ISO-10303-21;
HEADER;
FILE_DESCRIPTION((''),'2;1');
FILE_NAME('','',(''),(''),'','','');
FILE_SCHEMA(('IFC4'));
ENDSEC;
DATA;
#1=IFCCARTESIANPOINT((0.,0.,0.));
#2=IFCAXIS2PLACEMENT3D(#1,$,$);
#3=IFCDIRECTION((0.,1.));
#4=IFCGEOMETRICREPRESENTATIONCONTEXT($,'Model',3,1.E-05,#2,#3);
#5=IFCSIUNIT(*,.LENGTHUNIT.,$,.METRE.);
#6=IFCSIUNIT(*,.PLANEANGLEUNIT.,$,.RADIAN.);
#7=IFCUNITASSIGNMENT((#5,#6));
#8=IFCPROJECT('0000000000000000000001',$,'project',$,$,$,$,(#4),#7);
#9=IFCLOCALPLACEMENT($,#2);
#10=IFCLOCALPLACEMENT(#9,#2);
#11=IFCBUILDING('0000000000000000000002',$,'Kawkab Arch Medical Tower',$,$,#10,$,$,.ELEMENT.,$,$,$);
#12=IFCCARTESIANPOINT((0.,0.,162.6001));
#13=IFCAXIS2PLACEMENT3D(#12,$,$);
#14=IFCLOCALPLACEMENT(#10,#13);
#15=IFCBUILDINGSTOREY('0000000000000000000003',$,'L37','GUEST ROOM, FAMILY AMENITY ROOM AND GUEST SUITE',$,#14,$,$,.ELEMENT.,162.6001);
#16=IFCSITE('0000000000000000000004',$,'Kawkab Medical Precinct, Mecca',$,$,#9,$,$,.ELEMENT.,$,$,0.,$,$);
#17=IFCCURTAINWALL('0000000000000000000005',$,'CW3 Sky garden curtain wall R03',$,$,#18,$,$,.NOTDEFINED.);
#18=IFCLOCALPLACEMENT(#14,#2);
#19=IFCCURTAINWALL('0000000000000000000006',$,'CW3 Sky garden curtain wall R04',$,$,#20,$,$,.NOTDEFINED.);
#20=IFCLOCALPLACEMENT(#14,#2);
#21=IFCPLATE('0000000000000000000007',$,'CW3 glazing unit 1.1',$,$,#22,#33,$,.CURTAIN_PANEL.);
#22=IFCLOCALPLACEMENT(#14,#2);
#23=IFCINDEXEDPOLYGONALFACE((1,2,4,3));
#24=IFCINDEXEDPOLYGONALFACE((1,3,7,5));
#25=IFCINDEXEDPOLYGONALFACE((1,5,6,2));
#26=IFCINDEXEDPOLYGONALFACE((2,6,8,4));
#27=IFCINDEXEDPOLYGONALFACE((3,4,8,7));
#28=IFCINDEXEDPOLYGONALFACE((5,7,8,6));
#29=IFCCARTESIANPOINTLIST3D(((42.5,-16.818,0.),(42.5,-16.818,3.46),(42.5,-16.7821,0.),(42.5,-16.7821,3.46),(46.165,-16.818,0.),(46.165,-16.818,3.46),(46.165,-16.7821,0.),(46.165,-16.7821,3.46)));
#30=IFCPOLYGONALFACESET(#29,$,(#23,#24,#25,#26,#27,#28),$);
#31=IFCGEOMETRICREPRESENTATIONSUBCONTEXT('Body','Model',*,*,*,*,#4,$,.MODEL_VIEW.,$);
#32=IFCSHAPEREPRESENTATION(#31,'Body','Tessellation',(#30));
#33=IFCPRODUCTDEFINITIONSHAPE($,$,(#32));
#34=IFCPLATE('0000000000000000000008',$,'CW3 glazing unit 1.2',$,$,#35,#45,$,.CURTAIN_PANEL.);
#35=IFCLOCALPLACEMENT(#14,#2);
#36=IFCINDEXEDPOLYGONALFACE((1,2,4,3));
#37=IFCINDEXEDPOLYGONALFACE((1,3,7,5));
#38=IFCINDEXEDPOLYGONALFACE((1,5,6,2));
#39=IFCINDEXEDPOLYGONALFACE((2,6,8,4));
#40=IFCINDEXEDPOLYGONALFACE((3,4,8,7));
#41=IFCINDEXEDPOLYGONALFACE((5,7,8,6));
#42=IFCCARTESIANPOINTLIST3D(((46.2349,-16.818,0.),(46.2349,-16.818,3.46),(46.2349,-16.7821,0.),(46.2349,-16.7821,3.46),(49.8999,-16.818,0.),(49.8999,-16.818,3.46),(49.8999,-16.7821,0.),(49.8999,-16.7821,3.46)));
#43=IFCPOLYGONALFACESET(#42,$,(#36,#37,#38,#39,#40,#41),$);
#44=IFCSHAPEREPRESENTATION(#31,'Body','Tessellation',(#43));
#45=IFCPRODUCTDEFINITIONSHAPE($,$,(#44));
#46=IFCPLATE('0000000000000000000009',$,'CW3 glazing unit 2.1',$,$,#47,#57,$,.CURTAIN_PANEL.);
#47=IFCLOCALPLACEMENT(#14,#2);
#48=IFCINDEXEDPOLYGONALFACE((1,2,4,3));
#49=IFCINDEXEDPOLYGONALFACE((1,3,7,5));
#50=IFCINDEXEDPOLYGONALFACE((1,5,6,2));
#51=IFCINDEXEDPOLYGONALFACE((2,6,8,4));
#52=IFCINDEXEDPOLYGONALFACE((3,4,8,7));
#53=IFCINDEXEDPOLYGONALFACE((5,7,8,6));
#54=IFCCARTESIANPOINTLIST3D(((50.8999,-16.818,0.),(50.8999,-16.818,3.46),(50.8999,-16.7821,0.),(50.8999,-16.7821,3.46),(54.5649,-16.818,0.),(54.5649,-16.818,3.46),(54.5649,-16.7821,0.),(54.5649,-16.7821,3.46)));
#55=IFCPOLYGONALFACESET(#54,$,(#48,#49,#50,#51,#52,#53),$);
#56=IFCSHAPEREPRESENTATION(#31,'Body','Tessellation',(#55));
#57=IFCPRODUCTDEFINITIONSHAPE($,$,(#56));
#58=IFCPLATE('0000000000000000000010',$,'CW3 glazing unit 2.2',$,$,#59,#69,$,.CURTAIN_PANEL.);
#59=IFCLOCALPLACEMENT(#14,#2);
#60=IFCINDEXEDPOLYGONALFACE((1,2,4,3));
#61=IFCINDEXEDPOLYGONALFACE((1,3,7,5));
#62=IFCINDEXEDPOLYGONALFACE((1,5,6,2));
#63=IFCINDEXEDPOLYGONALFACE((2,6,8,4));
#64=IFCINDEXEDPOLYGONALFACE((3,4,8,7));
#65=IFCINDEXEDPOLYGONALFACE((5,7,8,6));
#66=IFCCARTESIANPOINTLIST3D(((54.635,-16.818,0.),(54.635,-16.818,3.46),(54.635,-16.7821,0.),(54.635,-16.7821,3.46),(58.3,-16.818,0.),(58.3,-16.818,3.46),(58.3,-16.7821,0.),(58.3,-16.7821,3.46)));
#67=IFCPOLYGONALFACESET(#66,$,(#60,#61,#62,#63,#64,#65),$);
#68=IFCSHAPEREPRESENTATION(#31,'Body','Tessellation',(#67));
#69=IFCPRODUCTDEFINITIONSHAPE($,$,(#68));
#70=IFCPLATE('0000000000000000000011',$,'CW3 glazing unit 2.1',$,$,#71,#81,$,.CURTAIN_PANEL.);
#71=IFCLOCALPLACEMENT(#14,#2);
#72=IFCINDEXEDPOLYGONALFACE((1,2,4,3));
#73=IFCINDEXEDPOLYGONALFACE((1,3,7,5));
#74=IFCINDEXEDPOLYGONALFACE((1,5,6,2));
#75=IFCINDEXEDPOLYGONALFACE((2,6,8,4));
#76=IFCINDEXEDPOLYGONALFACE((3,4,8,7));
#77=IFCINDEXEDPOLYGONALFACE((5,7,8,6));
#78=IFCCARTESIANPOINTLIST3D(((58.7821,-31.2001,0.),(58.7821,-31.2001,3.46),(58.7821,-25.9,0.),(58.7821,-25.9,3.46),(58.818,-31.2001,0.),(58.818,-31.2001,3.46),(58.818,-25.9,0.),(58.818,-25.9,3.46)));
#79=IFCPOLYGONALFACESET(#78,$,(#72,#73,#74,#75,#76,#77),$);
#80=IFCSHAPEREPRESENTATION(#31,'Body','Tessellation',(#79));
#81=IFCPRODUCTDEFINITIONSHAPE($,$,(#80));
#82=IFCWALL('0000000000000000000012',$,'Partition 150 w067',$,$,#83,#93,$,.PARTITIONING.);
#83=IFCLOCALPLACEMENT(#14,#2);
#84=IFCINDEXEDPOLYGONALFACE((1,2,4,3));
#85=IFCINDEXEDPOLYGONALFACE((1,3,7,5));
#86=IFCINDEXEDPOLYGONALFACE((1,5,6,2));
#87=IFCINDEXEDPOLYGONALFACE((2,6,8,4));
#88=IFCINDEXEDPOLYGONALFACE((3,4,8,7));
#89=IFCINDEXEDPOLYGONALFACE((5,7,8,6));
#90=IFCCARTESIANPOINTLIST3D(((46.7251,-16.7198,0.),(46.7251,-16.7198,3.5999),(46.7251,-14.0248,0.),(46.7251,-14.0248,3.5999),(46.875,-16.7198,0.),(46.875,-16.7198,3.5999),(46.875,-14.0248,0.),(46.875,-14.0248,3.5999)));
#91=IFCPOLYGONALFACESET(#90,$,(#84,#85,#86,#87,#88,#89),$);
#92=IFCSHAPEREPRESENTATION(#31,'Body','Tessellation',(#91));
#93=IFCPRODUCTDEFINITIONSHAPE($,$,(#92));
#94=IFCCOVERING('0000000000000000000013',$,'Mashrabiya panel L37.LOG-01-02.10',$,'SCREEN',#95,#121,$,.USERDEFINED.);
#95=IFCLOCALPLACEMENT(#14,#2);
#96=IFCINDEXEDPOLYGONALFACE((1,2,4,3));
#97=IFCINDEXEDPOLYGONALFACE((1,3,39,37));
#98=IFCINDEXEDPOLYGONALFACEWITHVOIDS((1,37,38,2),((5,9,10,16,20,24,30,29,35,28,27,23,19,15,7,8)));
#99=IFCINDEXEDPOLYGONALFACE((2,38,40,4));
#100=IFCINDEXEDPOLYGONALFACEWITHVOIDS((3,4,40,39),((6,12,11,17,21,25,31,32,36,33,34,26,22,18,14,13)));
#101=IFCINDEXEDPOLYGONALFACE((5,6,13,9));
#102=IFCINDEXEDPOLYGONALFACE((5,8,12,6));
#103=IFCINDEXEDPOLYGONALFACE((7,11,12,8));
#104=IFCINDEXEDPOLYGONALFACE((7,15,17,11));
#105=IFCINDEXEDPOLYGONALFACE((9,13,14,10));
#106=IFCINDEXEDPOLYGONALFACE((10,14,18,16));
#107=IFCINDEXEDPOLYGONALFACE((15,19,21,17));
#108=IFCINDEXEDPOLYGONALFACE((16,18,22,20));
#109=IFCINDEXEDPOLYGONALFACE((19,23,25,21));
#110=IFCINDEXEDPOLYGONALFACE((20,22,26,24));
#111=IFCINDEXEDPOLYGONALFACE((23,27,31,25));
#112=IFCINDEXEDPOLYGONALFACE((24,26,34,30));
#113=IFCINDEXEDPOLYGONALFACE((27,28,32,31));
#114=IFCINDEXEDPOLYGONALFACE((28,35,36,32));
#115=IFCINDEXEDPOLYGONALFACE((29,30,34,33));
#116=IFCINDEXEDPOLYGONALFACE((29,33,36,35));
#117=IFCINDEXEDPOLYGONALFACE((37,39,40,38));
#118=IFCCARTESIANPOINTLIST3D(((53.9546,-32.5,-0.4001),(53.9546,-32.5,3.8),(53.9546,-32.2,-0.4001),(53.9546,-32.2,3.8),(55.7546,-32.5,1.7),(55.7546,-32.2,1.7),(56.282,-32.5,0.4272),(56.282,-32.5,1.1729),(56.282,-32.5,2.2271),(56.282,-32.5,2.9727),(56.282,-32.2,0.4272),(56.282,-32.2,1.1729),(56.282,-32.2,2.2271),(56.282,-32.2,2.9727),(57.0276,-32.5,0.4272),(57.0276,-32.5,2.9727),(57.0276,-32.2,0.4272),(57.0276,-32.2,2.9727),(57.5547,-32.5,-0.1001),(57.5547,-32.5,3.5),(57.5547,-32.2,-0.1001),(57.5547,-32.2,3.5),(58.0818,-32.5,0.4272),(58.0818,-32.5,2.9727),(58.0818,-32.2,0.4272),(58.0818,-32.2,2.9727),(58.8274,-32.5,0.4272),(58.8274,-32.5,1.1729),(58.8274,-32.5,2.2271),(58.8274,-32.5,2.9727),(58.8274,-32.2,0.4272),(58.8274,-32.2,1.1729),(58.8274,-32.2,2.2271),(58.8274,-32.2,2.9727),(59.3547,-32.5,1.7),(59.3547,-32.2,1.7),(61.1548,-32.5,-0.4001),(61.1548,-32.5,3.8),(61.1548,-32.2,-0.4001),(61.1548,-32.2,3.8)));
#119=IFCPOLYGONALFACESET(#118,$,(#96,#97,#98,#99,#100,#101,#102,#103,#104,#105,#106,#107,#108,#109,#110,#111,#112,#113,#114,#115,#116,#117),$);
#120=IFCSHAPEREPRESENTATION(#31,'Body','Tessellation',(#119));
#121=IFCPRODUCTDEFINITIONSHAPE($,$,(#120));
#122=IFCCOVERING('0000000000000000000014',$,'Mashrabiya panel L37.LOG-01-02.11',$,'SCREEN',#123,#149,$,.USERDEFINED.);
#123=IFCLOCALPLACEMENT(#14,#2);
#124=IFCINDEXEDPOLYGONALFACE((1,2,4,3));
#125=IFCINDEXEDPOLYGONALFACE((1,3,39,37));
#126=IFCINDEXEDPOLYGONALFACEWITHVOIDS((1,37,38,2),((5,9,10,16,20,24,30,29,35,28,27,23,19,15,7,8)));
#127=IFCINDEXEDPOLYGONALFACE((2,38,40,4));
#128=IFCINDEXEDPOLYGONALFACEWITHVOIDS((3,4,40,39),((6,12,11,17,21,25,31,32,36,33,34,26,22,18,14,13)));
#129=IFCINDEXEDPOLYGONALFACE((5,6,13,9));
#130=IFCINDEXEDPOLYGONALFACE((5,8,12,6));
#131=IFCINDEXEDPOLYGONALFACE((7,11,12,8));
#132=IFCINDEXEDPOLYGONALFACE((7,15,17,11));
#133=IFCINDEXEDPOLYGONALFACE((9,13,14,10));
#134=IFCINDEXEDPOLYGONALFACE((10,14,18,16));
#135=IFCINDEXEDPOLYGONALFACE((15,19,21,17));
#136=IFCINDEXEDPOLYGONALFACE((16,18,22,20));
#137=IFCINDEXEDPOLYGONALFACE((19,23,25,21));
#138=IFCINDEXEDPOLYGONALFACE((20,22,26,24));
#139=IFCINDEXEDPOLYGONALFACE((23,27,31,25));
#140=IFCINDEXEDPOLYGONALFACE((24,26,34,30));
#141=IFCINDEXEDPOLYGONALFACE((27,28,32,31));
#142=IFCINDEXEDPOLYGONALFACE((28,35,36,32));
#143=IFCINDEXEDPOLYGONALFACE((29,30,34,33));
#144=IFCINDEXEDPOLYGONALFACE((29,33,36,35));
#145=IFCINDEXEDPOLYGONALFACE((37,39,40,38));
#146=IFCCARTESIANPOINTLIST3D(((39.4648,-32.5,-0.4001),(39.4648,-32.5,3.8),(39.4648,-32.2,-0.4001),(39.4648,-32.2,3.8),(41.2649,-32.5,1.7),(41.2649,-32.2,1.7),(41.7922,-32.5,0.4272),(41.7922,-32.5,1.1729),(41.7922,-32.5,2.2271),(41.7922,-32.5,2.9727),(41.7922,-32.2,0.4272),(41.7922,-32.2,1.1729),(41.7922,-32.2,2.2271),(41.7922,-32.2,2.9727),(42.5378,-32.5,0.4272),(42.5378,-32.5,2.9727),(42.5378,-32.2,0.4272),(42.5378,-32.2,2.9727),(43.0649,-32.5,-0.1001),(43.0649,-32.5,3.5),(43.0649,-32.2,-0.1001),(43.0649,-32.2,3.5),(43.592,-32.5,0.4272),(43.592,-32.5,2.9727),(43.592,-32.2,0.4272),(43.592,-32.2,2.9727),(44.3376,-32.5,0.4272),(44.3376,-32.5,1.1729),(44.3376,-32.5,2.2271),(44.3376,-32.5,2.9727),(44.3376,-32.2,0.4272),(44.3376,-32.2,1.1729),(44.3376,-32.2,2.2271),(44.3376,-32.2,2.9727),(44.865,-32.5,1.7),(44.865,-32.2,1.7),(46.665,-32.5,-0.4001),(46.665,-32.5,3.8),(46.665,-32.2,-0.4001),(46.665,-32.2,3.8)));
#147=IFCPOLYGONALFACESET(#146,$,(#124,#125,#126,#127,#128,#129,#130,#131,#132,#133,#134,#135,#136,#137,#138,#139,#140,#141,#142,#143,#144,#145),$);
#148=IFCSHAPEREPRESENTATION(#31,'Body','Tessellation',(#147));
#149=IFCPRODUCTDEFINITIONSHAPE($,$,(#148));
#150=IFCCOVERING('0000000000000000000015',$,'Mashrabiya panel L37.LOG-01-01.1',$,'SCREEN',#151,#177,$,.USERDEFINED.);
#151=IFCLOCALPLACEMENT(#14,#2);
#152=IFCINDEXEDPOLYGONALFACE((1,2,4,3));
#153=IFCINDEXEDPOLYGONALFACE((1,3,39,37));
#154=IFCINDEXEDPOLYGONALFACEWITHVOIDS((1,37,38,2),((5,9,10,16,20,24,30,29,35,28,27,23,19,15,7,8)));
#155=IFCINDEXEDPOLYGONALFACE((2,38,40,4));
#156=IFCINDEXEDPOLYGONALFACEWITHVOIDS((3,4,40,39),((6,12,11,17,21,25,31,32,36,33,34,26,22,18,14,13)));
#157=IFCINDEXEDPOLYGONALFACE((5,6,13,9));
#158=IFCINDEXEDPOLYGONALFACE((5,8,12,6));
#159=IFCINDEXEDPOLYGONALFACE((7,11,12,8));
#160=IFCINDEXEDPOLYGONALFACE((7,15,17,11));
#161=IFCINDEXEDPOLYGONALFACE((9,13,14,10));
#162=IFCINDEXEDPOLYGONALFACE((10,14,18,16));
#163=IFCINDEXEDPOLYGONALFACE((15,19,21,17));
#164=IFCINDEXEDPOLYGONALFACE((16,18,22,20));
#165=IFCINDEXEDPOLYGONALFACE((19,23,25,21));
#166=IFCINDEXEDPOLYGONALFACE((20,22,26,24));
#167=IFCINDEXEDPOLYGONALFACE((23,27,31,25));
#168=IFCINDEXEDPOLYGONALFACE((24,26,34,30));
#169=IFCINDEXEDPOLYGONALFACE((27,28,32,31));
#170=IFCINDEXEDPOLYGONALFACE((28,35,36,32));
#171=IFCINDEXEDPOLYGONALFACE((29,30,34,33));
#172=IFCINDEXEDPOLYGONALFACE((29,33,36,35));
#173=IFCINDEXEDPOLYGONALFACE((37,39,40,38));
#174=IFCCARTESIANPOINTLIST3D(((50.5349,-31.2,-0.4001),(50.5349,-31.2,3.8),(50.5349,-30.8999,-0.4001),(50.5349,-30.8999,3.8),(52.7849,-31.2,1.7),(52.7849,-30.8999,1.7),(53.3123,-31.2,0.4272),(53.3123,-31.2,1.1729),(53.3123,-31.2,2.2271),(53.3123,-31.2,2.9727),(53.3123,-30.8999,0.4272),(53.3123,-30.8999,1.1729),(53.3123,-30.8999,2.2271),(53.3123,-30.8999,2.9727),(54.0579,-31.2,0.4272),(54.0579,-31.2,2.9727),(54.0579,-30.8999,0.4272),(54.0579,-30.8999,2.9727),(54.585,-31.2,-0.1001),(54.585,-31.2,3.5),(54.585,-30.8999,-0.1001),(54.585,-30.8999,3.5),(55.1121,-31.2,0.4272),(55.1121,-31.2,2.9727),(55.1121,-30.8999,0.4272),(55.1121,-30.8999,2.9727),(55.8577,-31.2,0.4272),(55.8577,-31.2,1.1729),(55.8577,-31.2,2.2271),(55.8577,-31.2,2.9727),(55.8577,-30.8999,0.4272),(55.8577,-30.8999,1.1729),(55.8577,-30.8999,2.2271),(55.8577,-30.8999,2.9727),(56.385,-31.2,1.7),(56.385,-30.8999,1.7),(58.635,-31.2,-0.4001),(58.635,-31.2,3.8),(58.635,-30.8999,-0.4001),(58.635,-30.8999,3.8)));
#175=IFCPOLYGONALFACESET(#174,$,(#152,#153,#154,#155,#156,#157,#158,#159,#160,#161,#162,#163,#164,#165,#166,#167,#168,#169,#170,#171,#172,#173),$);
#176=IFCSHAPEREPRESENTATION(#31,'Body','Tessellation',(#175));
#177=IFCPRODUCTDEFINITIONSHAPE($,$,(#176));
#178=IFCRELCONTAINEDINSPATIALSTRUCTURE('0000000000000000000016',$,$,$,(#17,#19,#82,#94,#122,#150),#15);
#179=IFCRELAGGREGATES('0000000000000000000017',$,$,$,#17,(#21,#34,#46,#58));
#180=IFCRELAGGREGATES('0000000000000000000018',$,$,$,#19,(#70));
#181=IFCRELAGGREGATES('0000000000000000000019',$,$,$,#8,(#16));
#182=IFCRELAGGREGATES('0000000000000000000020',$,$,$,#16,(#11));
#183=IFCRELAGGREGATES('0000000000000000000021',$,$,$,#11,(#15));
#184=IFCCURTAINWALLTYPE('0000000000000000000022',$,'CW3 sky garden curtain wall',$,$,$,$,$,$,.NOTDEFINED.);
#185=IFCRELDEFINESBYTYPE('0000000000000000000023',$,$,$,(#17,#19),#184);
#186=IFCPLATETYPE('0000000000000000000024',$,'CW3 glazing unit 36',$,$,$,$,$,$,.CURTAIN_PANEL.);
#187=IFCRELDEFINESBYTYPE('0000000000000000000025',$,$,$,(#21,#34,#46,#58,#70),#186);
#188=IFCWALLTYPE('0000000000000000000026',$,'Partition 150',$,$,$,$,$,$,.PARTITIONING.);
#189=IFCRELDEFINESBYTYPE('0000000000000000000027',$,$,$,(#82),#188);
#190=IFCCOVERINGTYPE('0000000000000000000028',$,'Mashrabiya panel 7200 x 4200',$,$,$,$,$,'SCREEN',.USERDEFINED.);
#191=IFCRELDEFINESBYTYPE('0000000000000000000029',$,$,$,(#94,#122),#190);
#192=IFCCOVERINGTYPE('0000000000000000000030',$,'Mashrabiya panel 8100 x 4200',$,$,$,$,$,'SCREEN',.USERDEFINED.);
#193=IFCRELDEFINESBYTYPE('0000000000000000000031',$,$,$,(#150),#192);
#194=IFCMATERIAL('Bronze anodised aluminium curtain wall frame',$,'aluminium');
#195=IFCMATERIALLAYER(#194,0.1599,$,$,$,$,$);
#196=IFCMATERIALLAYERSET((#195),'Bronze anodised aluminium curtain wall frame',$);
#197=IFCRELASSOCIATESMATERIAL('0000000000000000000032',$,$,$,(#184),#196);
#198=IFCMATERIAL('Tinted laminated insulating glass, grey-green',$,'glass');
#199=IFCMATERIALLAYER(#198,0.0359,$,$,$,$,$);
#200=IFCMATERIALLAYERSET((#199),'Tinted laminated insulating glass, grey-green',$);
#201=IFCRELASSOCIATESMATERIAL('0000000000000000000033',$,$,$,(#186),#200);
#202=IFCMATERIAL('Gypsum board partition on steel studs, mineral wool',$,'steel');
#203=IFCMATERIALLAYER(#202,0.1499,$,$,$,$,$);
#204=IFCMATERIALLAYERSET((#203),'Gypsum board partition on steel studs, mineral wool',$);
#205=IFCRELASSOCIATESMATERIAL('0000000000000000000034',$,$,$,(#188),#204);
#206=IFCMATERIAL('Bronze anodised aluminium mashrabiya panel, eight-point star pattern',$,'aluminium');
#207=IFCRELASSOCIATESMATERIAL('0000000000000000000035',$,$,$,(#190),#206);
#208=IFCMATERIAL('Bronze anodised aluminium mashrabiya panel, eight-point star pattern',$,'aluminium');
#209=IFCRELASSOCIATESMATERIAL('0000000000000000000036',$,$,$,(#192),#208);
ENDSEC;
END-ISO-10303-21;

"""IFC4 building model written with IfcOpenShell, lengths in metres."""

from ifc_helpers import new_model, si_unit, direction, frame, frame_2d, origin, origin_2d, place, context, subcontext, project, spatial, polyline, rectangle, outline, extrude, material, layer, layer_set, material_profile, profile_set, type_object, element, aggregate, save


model = new_model("IFC4")

# Units and contexts
model_context = context("Model", 3, precision=1e-05, world=origin(), true_north=direction((0.0, 1.0)))
body_context = subcontext(model_context, "Body", "Model", "MODEL_VIEW")
ifc_project = project(units=[si_unit("LENGTHUNIT", "METRE"), si_unit("PLANEANGLEUNIT", "RADIAN")], contexts=[model_context])

# Site, building, storey
site_placement = place(None, origin())
site = spatial("IfcSite", under=ifc_project, at=site_placement, Name="Kawkab Medical Precinct, Mecca", CompositionType="ELEMENT", RefElevation=0.0)
building_placement = place(site_placement, origin())
building = spatial("IfcBuilding", under=site, at=building_placement, Name="Kawkab Arch Medical Tower", CompositionType="ELEMENT")
storey_placement = place(building_placement, frame((0.0, 0.0, 162.6001)))
storey = spatial("IfcBuildingStorey", under=building, at=storey_placement, Name="L37", Description="GUEST ROOM, FAMILY AMENITY ROOM AND GUEST SUITE", CompositionType="ELEMENT", Elevation=162.6001)

# Shared definitions
placement = place(storey_placement, origin())

# Curtain wall
ifc_material_1 = material(Name="Bronze anodised aluminium curtain wall frame", Category="aluminium")
ifc_layer_1 = layer(ifc_material_1, 0.1599)
ifc_layer_set_1 = layer_set([ifc_layer_1], Name="Bronze anodised aluminium curtain wall frame")
curtain_wall_type_1 = type_object("IfcCurtainWallType", Name="CW3 sky garden curtain wall", PredefinedType="NOTDEFINED", material=ifc_layer_set_1)
curtain_wall_1 = element("IfcCurtainWall", 1, at=placement, inside=storey, type_object=curtain_wall_type_1, Name="CW3 Sky garden curtain wall R03", PredefinedType="NOTDEFINED")

# Curtain wall
curtain_wall_2 = element("IfcCurtainWall", 2, at=placement, inside=storey, type_object=curtain_wall_type_1, Name="CW3 Sky garden curtain wall R04", PredefinedType="NOTDEFINED")

# Plates
ifc_material_2 = material(Name="Tinted laminated insulating glass, grey-green", Category="glass")
ifc_layer_2 = layer(ifc_material_2, 0.0359)
ifc_layer_set_2 = layer_set([ifc_layer_2], Name="Tinted laminated insulating glass, grey-green")
plate_type = type_object("IfcPlateType", Name="CW3 glazing unit 36", PredefinedType="CURTAIN_PANEL", material=ifc_layer_set_2)
plate_1_placement = place(storey_placement, frame((44.3325, -16.8, 0.0), z_axis=(0.0, 0.0, 1.0), x_axis=(1.0, 0.0, 0.0)))
plate_1 = element("IfcPlate", 3, at=plate_1_placement, type_object=plate_type, Name="CW3 glazing unit 1.1", PredefinedType="CURTAIN_PANEL", context=body_context, shape_type="SweptSolid", body=[
    extrude(rectangle(XDim=3.665, YDim=0.0359, at=origin_2d()), origin(), (0.0, 0.0, 1.0), 3.46),
])
plate_2_placement = place(storey_placement, frame((48.0674, -16.8, 0.0), z_axis=(0.0, 0.0, 1.0), x_axis=(1.0, 0.0, 0.0)))
plate_2 = element("IfcPlate", 4, at=plate_2_placement, type_object=plate_type, Name="CW3 glazing unit 1.2", PredefinedType="CURTAIN_PANEL", context=body_context, shape_type="SweptSolid", body=[
    extrude(rectangle(XDim=3.665, YDim=0.0359, at=origin_2d()), origin(), (0.0, 0.0, 1.0), 3.46),
])
plate_3_placement = place(storey_placement, frame((52.7324, -16.8, 0.0), z_axis=(0.0, 0.0, 1.0), x_axis=(1.0, 0.0, 0.0)))
plate_3 = element("IfcPlate", 5, at=plate_3_placement, type_object=plate_type, Name="CW3 glazing unit 2.1", PredefinedType="CURTAIN_PANEL", context=body_context, shape_type="SweptSolid", body=[
    extrude(rectangle(XDim=3.665, YDim=0.0359, at=origin_2d()), origin(), (0.0, 0.0, 1.0), 3.46),
])
plate_4_placement = place(storey_placement, frame((56.4675, -16.8, 0.0), z_axis=(0.0, 0.0, 1.0), x_axis=(1.0, 0.0, 0.0)))
plate_4 = element("IfcPlate", 6, at=plate_4_placement, type_object=plate_type, Name="CW3 glazing unit 2.2", PredefinedType="CURTAIN_PANEL", context=body_context, shape_type="SweptSolid", body=[
    extrude(rectangle(XDim=3.665, YDim=0.0359, at=origin_2d()), origin(), (0.0, 0.0, 1.0), 3.46),
])
aggregate(curtain_wall_1, [plate_1, plate_2, plate_3, plate_4])
plate_5_placement = place(storey_placement, frame((58.8, -28.55, 0.0), z_axis=(0.0, 0.0, 1.0), x_axis=(0.0, -1.0, 0.0)))
plate_5 = element("IfcPlate", 7, at=plate_5_placement, type_object=plate_type, Name="CW3 glazing unit 2.1", PredefinedType="CURTAIN_PANEL", context=body_context, shape_type="SweptSolid", body=[
    extrude(rectangle(XDim=5.3, YDim=0.0359, at=origin_2d()), origin(), (0.0, 0.0, 1.0), 3.46),
])
aggregate(curtain_wall_2, [plate_5])

# Wall
ifc_material_3 = material(Name="Gypsum board partition on steel studs, mineral wool", Category="steel")
ifc_layer_3 = layer(ifc_material_3, 0.1499)
ifc_layer_set_3 = layer_set([ifc_layer_3], Name="Gypsum board partition on steel studs, mineral wool")
wall_type = type_object("IfcWallType", Name="Partition 150", PredefinedType="PARTITIONING", material=ifc_layer_set_3)
wall_placement = place(storey_placement, frame((46.8, -16.72, 0.0), z_axis=(0.0, 0.0, 1.0), x_axis=(0.0, 1.0, 0.0)))
element("IfcWall", 8, at=wall_placement, inside=storey, type_object=wall_type, Name="Partition 150 w067", PredefinedType="PARTITIONING", context=body_context, shape_type="SweptSolid", body=[
    extrude(rectangle(XDim=2.6951, YDim=0.1499, at=frame_2d((1.3477, 0.0))), origin(), (0.0, 0.0, 1.0), 3.5999),
])

# Coverings
ifc_material_4 = material(Name="Bronze anodised aluminium mashrabiya panel, eight-point star pattern", Category="aluminium")
ifc_material_profile_1 = material_profile(ifc_material_4, outline(polyline([(-3.6001, -2.1001), (3.6001, -2.1001), (3.6001, 2.1001), (-3.6001, 2.1001), (-3.6001, -2.1001)]), holes=[polyline([(1.8, 0.0), (1.2727, 0.5271), (1.2727, 1.2727), (0.5271, 1.2727), (0.0, 1.8), (-0.5271, 1.2727), (-1.2727, 1.2727), (-1.2727, 0.5271), (-1.8, 0.0), (-1.2727, -0.5271), (-1.2727, -1.2727), (-0.5271, -1.2727), (0.0, -1.8), (0.5271, -1.2727), (1.2727, -1.2727), (1.2727, -0.5271), (1.8, 0.0)])]), Name="Mashrabiya panel 7200x4200")
ifc_profile_set_1 = profile_set([ifc_material_profile_1], Name="Bronze anodised aluminium mashrabiya panel, eight-point star pattern")
covering_type_1 = type_object("IfcCoveringType", Name="Mashrabiya panel 7200 x 4200", ElementType="SCREEN", PredefinedType="USERDEFINED", material=ifc_profile_set_1)
for number, where, z_axis, x_axis, name in (
    (9, (57.5547, -32.2, 1.7), (0.0, -1.0, 0.0), (1.0, 0.0, 0.0), "Mashrabiya panel L37.LOG-01-02.10"),
    (10, (43.0649, -32.2, 1.7), (0.0, -1.0, 0.0), (1.0, 0.0, 0.0), "Mashrabiya panel L37.LOG-01-02.11"),
):
    element("IfcCovering", number, at=place(storey_placement, frame(where, z_axis=z_axis, x_axis=x_axis)), inside=storey, type_object=covering_type_1, Name=name, ObjectType="SCREEN", PredefinedType="USERDEFINED", context=body_context, shape_type="SweptSolid", body=[
        extrude(outline(polyline([(-3.6001, -2.1001), (3.6001, -2.1001), (3.6001, 2.1001), (-3.6001, 2.1001), (-3.6001, -2.1001)]), holes=[polyline([(1.8, 0.0), (1.2727, 0.5271), (1.2727, 1.2727), (0.5271, 1.2727), (0.0, 1.8), (-0.5271, 1.2727), (-1.2727, 1.2727), (-1.2727, 0.5271), (-1.8, 0.0), (-1.2727, -0.5271), (-1.2727, -1.2727), (-0.5271, -1.2727), (0.0, -1.8), (0.5271, -1.2727), (1.2727, -1.2727), (1.2727, -0.5271), (1.8, 0.0)])]), origin(), (0.0, 0.0, 1.0), 0.3),
    ])
ifc_material_5 = material(Name="Bronze anodised aluminium mashrabiya panel, eight-point star pattern", Category="aluminium")
ifc_material_profile_2 = material_profile(ifc_material_5, outline(polyline([(-4.05, -2.1001), (4.05, -2.1001), (4.05, 2.1001), (-4.05, 2.1001), (-4.05, -2.1001)]), holes=[polyline([(1.8, 0.0), (1.2727, 0.5271), (1.2727, 1.2727), (0.5271, 1.2727), (0.0, 1.8), (-0.5271, 1.2727), (-1.2727, 1.2727), (-1.2727, 0.5271), (-1.8, 0.0), (-1.2727, -0.5271), (-1.2727, -1.2727), (-0.5271, -1.2727), (0.0, -1.8), (0.5271, -1.2727), (1.2727, -1.2727), (1.2727, -0.5271), (1.8, 0.0)])]), Name="Mashrabiya panel 8100x4200")
ifc_profile_set_2 = profile_set([ifc_material_profile_2], Name="Bronze anodised aluminium mashrabiya panel, eight-point star pattern")
covering_type_2 = type_object("IfcCoveringType", Name="Mashrabiya panel 8100 x 4200", ElementType="SCREEN", PredefinedType="USERDEFINED", material=ifc_profile_set_2)
covering_1_placement = place(storey_placement, frame((54.585, -31.2, 1.7), z_axis=(0.0, 1.0, 0.0), x_axis=(-1.0, 0.0, 0.0)))
element("IfcCovering", 11, at=covering_1_placement, inside=storey, type_object=covering_type_2, Name="Mashrabiya panel L37.LOG-01-01.1", ObjectType="SCREEN", PredefinedType="USERDEFINED", context=body_context, shape_type="SweptSolid", body=[
    extrude(outline(polyline([(-4.05, -2.1001), (4.05, -2.1001), (4.05, 2.1001), (-4.05, 2.1001), (-4.05, -2.1001)]), holes=[polyline([(1.8, 0.0), (1.2727, 0.5271), (1.2727, 1.2727), (0.5271, 1.2727), (0.0, 1.8), (-0.5271, 1.2727), (-1.2727, 1.2727), (-1.2727, 0.5271), (-1.8, 0.0), (-1.2727, -0.5271), (-1.2727, -1.2727), (-0.5271, -1.2727), (0.0, -1.8), (0.5271, -1.2727), (1.2727, -1.2727), (1.2727, -0.5271), (1.8, 0.0)])]), origin(), (0.0, 0.0, 1.0), 0.3),
])

save(model, "model.ifc")
